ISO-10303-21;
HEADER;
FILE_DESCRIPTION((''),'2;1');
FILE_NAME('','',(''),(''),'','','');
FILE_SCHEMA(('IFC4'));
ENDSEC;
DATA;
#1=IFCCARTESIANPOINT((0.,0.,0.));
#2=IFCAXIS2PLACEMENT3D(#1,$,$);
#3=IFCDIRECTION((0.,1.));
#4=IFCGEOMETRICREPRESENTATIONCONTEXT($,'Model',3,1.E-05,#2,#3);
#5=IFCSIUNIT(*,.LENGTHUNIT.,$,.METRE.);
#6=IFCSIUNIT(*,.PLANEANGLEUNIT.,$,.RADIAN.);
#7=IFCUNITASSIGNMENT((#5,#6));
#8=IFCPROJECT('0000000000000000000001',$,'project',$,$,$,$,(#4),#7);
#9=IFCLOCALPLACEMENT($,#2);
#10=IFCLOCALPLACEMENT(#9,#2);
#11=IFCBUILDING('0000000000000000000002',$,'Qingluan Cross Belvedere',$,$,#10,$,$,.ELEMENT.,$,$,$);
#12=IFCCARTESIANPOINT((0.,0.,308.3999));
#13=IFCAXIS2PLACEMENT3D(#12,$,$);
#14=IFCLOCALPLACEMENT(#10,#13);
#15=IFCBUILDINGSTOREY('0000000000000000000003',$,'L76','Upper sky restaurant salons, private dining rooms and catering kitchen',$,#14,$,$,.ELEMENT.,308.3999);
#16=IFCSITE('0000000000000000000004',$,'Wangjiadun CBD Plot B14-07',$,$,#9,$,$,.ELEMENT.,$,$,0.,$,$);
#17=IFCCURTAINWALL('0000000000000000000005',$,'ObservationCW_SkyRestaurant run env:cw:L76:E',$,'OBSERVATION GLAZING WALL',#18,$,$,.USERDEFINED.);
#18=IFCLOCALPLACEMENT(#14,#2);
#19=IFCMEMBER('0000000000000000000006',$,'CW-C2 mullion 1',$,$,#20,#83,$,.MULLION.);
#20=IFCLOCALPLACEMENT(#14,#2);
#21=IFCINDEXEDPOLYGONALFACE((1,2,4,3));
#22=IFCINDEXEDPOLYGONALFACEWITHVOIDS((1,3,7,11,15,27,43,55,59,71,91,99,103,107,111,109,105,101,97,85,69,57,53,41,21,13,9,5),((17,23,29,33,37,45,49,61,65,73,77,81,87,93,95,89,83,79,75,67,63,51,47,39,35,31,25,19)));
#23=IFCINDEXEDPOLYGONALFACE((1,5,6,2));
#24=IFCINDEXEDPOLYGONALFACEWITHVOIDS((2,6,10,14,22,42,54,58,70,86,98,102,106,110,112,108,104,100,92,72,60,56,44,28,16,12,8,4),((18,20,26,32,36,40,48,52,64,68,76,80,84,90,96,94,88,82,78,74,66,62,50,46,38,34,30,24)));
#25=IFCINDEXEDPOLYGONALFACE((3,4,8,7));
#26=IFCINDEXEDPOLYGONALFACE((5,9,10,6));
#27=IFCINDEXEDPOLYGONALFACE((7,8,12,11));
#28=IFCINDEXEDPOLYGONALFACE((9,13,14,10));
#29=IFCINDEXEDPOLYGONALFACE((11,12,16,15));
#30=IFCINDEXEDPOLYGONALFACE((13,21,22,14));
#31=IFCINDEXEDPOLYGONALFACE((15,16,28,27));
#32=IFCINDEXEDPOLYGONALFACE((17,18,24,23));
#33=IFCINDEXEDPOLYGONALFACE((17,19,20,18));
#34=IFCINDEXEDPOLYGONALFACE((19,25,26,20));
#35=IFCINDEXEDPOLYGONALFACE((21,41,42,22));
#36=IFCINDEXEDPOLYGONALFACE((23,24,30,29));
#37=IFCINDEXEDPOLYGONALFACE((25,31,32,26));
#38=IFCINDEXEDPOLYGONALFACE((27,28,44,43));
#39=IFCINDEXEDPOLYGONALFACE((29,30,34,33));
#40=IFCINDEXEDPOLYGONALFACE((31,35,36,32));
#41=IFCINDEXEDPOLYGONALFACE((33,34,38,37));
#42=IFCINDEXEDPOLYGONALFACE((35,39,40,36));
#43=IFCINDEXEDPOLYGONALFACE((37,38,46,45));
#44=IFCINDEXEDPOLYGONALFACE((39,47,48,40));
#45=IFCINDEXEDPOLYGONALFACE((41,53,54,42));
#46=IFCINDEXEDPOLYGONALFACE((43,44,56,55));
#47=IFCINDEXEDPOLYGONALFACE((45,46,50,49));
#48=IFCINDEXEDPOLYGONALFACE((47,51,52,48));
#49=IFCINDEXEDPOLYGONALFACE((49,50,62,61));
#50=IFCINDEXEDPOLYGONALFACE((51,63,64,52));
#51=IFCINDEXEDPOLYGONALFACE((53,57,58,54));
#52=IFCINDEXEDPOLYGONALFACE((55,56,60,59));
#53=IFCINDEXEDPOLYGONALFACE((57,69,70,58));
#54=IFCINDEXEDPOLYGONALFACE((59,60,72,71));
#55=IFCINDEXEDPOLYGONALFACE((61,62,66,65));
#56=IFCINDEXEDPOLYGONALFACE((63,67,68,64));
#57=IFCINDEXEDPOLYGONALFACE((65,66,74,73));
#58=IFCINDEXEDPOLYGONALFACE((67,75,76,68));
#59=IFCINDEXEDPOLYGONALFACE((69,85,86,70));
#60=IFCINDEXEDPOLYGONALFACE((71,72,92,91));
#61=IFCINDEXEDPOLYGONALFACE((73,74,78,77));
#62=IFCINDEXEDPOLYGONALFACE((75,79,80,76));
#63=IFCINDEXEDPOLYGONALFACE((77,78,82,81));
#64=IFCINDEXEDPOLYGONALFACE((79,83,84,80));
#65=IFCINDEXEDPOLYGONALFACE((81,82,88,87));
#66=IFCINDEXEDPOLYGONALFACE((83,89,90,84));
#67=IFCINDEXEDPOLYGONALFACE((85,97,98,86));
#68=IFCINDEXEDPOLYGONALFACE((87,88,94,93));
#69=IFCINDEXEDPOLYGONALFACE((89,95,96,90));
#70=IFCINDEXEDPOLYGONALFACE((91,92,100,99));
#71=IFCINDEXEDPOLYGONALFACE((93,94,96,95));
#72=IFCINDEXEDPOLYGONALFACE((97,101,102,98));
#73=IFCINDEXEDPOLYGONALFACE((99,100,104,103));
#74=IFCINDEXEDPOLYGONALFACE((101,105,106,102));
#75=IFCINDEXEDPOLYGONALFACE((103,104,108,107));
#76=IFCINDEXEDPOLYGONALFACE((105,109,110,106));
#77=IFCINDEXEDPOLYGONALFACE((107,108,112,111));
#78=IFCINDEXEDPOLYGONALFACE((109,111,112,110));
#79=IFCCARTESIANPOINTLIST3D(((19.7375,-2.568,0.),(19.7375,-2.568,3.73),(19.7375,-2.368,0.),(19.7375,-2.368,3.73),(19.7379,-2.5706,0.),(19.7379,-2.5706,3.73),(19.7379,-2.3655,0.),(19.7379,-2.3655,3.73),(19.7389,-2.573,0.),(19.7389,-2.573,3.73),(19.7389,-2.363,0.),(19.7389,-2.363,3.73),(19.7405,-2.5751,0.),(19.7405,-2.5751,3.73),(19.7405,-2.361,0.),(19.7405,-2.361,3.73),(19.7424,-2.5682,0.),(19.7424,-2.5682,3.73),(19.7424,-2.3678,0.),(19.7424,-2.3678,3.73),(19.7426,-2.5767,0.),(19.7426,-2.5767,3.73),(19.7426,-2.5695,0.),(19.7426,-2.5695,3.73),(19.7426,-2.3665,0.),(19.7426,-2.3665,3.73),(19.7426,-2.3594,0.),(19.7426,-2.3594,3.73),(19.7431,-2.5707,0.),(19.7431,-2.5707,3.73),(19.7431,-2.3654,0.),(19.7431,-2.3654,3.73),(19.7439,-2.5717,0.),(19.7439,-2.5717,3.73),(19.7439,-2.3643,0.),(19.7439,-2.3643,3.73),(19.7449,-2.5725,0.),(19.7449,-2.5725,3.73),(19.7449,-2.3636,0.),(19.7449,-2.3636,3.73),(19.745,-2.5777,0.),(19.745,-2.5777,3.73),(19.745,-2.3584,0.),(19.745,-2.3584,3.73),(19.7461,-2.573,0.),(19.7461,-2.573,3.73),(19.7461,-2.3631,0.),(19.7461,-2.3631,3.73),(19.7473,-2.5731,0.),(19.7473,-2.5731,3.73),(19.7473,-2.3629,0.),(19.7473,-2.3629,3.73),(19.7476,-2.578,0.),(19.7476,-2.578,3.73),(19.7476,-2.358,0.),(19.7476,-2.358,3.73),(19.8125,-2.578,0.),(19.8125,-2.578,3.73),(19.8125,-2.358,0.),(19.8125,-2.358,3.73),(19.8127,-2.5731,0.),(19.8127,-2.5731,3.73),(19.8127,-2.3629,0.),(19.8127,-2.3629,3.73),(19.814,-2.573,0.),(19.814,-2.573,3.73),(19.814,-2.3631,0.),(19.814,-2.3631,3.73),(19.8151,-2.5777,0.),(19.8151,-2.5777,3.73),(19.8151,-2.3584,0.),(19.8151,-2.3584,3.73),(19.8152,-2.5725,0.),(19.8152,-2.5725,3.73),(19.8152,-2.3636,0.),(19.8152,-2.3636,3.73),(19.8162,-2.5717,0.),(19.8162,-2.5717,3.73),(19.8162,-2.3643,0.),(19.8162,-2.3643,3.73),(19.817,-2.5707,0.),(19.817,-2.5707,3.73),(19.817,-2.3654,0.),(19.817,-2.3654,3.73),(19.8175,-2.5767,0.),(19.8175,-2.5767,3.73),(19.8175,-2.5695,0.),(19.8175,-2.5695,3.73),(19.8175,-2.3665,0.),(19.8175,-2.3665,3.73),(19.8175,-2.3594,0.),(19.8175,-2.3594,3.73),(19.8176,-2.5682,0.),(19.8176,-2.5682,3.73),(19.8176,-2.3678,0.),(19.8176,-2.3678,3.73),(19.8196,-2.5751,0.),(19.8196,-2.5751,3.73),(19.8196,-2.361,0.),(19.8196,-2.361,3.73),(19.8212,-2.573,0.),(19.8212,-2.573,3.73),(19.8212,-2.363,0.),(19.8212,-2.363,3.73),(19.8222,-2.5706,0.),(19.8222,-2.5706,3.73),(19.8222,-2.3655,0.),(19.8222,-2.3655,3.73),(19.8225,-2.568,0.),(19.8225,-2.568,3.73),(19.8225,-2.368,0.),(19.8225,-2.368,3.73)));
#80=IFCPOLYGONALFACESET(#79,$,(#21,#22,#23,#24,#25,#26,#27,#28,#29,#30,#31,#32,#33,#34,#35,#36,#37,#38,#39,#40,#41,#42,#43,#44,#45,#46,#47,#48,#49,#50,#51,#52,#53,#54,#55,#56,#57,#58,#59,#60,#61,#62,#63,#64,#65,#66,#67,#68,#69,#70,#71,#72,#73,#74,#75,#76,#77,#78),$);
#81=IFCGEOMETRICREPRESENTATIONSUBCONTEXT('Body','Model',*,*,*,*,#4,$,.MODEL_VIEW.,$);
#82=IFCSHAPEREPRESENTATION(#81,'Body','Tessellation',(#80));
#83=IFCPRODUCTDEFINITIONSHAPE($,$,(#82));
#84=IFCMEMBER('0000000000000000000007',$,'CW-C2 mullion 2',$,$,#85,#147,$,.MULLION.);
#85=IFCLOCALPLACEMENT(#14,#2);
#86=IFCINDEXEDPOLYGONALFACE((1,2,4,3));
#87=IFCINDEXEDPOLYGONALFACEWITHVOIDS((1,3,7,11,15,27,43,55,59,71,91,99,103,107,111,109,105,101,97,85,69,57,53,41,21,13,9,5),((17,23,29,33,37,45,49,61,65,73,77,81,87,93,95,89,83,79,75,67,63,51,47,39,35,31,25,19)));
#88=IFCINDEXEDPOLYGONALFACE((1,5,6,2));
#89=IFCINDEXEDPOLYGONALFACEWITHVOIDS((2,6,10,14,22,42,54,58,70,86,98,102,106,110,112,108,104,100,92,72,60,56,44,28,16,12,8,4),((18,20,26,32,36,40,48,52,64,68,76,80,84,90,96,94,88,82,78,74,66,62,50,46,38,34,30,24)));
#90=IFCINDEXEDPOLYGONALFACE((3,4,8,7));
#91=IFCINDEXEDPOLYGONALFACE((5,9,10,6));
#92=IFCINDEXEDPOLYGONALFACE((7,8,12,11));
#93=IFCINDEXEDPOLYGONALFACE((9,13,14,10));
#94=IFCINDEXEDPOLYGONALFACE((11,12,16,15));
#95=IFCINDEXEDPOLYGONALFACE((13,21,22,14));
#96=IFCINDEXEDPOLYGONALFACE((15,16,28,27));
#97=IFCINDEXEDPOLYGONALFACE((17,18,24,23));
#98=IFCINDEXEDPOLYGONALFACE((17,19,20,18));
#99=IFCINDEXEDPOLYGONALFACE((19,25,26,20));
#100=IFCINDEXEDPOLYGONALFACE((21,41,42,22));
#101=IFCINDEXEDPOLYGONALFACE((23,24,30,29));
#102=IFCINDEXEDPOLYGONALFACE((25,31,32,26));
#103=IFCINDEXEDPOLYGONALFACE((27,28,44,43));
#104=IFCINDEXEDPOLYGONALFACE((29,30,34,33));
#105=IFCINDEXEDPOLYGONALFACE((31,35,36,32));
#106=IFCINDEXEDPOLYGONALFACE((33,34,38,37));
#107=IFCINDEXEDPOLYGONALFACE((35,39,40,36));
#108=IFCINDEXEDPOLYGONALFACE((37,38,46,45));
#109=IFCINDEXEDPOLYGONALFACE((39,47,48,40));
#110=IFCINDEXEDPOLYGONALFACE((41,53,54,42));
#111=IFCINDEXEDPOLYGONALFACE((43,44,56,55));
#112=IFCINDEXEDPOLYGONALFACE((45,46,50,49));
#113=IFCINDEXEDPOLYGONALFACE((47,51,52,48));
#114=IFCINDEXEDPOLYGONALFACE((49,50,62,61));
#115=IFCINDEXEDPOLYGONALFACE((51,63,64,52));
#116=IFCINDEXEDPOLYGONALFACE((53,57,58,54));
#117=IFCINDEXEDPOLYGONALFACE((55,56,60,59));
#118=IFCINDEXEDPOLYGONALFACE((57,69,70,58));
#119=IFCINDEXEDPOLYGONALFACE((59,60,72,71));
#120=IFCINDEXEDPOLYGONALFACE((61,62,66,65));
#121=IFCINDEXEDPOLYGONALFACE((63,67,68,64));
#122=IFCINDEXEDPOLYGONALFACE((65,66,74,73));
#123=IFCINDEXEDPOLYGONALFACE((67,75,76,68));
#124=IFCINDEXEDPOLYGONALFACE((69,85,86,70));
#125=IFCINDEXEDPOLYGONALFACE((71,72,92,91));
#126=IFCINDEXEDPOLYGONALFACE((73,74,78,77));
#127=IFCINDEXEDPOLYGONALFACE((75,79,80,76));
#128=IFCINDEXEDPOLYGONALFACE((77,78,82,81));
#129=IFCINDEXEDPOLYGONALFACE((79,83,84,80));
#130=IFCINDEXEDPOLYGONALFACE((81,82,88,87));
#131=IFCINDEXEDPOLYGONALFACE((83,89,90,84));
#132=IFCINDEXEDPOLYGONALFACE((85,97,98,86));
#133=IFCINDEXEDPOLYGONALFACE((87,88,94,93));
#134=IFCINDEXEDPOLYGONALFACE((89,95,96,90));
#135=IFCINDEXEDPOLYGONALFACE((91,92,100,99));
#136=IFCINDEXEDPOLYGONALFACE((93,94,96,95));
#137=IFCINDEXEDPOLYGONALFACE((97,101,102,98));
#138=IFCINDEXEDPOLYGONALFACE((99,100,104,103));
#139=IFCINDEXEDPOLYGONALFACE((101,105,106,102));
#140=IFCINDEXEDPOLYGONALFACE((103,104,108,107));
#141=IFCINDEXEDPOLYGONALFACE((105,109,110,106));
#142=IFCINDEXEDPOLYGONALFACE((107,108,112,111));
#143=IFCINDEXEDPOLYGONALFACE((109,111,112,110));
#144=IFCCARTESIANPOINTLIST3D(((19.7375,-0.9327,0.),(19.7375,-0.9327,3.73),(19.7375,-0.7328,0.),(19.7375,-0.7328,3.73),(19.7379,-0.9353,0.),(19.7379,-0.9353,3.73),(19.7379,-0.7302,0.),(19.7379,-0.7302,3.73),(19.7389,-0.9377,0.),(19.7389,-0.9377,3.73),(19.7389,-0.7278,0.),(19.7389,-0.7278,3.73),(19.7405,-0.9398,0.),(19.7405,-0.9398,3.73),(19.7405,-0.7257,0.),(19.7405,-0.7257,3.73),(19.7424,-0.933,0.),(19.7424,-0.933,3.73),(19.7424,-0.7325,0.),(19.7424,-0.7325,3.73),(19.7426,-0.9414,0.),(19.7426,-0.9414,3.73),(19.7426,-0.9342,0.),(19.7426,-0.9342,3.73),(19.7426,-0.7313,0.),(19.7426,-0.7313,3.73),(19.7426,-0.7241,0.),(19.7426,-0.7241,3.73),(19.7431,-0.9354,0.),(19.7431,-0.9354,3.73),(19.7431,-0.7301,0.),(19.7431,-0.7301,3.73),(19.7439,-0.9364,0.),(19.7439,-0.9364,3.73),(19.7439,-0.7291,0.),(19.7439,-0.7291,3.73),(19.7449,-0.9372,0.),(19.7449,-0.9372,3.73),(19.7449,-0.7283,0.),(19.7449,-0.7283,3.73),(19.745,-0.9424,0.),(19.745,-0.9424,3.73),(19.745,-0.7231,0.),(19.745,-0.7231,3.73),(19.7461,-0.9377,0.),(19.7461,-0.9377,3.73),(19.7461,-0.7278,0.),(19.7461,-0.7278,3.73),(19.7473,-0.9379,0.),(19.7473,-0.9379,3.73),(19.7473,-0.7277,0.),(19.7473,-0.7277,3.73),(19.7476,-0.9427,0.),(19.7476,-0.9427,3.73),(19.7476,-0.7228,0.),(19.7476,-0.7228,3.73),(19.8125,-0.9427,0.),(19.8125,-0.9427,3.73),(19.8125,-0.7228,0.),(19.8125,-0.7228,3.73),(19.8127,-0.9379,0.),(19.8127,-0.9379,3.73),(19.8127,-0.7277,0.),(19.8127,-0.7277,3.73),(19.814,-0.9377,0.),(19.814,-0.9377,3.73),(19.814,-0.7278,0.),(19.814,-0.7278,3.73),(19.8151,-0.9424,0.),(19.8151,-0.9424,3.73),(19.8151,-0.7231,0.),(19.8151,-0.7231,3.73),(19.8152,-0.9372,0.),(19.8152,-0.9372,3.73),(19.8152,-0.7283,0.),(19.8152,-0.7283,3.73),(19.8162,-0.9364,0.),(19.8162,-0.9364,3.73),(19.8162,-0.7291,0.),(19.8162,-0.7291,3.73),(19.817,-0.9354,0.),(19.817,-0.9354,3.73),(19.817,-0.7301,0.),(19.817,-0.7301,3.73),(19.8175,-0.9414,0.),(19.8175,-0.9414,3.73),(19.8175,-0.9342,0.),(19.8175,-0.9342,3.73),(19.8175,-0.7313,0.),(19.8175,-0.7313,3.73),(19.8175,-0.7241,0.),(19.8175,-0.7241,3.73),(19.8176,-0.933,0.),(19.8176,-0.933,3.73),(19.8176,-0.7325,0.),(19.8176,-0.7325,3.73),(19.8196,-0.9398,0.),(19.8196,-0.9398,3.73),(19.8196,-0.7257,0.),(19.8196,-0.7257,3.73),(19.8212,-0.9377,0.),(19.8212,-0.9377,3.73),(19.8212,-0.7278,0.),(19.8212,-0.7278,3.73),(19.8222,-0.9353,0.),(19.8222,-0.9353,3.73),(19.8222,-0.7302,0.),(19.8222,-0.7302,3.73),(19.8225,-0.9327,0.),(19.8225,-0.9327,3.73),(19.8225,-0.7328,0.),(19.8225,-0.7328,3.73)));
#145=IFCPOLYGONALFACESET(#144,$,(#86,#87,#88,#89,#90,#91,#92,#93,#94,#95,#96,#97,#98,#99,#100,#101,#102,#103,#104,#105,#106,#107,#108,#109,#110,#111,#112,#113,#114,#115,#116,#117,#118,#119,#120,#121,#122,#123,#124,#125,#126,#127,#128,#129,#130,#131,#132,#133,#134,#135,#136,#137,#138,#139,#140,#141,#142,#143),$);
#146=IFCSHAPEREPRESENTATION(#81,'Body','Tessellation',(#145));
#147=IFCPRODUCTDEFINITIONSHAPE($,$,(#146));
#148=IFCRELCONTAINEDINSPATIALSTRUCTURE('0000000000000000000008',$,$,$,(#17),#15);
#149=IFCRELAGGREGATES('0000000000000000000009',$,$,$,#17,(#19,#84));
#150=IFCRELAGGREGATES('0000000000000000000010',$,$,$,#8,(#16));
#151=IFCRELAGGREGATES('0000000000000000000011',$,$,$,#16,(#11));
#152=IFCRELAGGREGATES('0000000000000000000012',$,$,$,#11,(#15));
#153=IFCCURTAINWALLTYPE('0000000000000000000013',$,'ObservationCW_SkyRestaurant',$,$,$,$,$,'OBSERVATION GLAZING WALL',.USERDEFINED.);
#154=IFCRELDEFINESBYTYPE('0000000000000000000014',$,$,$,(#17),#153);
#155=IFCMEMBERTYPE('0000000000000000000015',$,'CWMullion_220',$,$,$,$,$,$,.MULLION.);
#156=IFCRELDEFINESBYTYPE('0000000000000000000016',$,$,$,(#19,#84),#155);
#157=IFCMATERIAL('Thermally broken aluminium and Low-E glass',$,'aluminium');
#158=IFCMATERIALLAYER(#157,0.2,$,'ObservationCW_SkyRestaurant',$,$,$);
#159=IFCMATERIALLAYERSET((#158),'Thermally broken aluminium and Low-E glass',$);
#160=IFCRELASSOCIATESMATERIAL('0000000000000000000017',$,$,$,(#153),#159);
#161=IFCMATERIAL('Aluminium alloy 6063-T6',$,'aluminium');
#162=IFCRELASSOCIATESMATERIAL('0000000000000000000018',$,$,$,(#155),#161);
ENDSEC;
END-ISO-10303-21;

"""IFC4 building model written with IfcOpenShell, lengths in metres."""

from ifc_helpers import new_model, si_unit, direction, frame, origin, origin_2d, place, context, subcontext, project, spatial, hollow_rectangle, extrude, material, layer, layer_set, material_profile, profile_set, type_object, element, aggregate, save


model = new_model("IFC4")

# Units and contexts
model_context = context("Model", 3, precision=1e-05, world=origin(), true_north=direction((0.0, 1.0)))
body_context = subcontext(model_context, "Body", "Model", "MODEL_VIEW")
ifc_project = project(units=[si_unit("LENGTHUNIT", "METRE"), si_unit("PLANEANGLEUNIT", "RADIAN")], contexts=[model_context])

# Site, building, storey
site_placement = place(None, origin())
site = spatial("IfcSite", under=ifc_project, at=site_placement, Name="Wangjiadun CBD Plot B14-07", CompositionType="ELEMENT", RefElevation=0.0)
building_placement = place(site_placement, origin())
building = spatial("IfcBuilding", under=site, at=building_placement, Name="Qingluan Cross Belvedere", CompositionType="ELEMENT")
storey_placement = place(building_placement, frame((0.0, 0.0, 308.3999)))
storey = spatial("IfcBuildingStorey", under=building, at=storey_placement, Name="L76", Description="Upper sky restaurant salons, private dining rooms and catering kitchen", CompositionType="ELEMENT", Elevation=308.3999)

# Curtain wall, members
ifc_material_1 = material(Name="Thermally broken aluminium and Low-E glass", Category="aluminium")
ifc_layer_1 = layer(ifc_material_1, 0.2, Name="ObservationCW_SkyRestaurant")
ifc_layer_set_1 = layer_set([ifc_layer_1], Name="Thermally broken aluminium and Low-E glass")
curtain_wall_type = type_object("IfcCurtainWallType", Name="ObservationCW_SkyRestaurant", ElementType="OBSERVATION GLAZING WALL", PredefinedType="USERDEFINED", material=ifc_layer_set_1)
curtain_wall_placement = place(storey_placement, origin())
curtain_wall = element("IfcCurtainWall", 1, at=curtain_wall_placement, inside=storey, type_object=curtain_wall_type, Name="ObservationCW_SkyRestaurant run env:cw:L76:E", ObjectType="OBSERVATION GLAZING WALL", PredefinedType="USERDEFINED")
ifc_material_2 = material(Name="Aluminium alloy 6063-T6", Category="aluminium")
ifc_material_profile_1 = material_profile(ifc_material_2, hollow_rectangle(XDim=0.085, YDim=0.22, WallThickness=0.0049, InnerFilletRadius=0.0049, OuterFilletRadius=0.01, at=origin_2d()), Name="CWM220x85x5")
ifc_profile_set_1 = profile_set([ifc_material_profile_1], Name="Aluminium alloy 6063-T6")
member_type_1 = type_object("IfcMemberType", Name="CWMullion_220", PredefinedType="MULLION", material=ifc_profile_set_1)
member_1_placement = place(storey_placement, frame((19.78, -2.468, 0.0), z_axis=(0.0, 0.0, 1.0), x_axis=(-1.0, 0.0, 0.0)))
member_1 = element("IfcMember", 2, at=member_1_placement, type_object=member_type_1, Name="CW-C2 mullion 1", PredefinedType="MULLION", context=body_context, shape_type="SweptSolid", body=[
    extrude(hollow_rectangle(XDim=0.085, YDim=0.22, WallThickness=0.0049, InnerFilletRadius=0.0049, OuterFilletRadius=0.01, at=origin_2d()), origin(), (0.0, 0.0, 1.0), 3.73),
])
member_2_placement = place(storey_placement, frame((19.78, -0.8328, 0.0), z_axis=(0.0, 0.0, 1.0), x_axis=(-1.0, 0.0, 0.0)))
member_2 = element("IfcMember", 3, at=member_2_placement, type_object=member_type_1, Name="CW-C2 mullion 2", PredefinedType="MULLION", context=body_context, shape_type="SweptSolid", body=[
    extrude(hollow_rectangle(XDim=0.085, YDim=0.22, WallThickness=0.0049, InnerFilletRadius=0.0049, OuterFilletRadius=0.01, at=origin_2d()), origin(), (0.0, 0.0, 1.0), 3.73),
])
aggregate(curtain_wall, [member_1, member_2])

save(model, "model.ifc")
